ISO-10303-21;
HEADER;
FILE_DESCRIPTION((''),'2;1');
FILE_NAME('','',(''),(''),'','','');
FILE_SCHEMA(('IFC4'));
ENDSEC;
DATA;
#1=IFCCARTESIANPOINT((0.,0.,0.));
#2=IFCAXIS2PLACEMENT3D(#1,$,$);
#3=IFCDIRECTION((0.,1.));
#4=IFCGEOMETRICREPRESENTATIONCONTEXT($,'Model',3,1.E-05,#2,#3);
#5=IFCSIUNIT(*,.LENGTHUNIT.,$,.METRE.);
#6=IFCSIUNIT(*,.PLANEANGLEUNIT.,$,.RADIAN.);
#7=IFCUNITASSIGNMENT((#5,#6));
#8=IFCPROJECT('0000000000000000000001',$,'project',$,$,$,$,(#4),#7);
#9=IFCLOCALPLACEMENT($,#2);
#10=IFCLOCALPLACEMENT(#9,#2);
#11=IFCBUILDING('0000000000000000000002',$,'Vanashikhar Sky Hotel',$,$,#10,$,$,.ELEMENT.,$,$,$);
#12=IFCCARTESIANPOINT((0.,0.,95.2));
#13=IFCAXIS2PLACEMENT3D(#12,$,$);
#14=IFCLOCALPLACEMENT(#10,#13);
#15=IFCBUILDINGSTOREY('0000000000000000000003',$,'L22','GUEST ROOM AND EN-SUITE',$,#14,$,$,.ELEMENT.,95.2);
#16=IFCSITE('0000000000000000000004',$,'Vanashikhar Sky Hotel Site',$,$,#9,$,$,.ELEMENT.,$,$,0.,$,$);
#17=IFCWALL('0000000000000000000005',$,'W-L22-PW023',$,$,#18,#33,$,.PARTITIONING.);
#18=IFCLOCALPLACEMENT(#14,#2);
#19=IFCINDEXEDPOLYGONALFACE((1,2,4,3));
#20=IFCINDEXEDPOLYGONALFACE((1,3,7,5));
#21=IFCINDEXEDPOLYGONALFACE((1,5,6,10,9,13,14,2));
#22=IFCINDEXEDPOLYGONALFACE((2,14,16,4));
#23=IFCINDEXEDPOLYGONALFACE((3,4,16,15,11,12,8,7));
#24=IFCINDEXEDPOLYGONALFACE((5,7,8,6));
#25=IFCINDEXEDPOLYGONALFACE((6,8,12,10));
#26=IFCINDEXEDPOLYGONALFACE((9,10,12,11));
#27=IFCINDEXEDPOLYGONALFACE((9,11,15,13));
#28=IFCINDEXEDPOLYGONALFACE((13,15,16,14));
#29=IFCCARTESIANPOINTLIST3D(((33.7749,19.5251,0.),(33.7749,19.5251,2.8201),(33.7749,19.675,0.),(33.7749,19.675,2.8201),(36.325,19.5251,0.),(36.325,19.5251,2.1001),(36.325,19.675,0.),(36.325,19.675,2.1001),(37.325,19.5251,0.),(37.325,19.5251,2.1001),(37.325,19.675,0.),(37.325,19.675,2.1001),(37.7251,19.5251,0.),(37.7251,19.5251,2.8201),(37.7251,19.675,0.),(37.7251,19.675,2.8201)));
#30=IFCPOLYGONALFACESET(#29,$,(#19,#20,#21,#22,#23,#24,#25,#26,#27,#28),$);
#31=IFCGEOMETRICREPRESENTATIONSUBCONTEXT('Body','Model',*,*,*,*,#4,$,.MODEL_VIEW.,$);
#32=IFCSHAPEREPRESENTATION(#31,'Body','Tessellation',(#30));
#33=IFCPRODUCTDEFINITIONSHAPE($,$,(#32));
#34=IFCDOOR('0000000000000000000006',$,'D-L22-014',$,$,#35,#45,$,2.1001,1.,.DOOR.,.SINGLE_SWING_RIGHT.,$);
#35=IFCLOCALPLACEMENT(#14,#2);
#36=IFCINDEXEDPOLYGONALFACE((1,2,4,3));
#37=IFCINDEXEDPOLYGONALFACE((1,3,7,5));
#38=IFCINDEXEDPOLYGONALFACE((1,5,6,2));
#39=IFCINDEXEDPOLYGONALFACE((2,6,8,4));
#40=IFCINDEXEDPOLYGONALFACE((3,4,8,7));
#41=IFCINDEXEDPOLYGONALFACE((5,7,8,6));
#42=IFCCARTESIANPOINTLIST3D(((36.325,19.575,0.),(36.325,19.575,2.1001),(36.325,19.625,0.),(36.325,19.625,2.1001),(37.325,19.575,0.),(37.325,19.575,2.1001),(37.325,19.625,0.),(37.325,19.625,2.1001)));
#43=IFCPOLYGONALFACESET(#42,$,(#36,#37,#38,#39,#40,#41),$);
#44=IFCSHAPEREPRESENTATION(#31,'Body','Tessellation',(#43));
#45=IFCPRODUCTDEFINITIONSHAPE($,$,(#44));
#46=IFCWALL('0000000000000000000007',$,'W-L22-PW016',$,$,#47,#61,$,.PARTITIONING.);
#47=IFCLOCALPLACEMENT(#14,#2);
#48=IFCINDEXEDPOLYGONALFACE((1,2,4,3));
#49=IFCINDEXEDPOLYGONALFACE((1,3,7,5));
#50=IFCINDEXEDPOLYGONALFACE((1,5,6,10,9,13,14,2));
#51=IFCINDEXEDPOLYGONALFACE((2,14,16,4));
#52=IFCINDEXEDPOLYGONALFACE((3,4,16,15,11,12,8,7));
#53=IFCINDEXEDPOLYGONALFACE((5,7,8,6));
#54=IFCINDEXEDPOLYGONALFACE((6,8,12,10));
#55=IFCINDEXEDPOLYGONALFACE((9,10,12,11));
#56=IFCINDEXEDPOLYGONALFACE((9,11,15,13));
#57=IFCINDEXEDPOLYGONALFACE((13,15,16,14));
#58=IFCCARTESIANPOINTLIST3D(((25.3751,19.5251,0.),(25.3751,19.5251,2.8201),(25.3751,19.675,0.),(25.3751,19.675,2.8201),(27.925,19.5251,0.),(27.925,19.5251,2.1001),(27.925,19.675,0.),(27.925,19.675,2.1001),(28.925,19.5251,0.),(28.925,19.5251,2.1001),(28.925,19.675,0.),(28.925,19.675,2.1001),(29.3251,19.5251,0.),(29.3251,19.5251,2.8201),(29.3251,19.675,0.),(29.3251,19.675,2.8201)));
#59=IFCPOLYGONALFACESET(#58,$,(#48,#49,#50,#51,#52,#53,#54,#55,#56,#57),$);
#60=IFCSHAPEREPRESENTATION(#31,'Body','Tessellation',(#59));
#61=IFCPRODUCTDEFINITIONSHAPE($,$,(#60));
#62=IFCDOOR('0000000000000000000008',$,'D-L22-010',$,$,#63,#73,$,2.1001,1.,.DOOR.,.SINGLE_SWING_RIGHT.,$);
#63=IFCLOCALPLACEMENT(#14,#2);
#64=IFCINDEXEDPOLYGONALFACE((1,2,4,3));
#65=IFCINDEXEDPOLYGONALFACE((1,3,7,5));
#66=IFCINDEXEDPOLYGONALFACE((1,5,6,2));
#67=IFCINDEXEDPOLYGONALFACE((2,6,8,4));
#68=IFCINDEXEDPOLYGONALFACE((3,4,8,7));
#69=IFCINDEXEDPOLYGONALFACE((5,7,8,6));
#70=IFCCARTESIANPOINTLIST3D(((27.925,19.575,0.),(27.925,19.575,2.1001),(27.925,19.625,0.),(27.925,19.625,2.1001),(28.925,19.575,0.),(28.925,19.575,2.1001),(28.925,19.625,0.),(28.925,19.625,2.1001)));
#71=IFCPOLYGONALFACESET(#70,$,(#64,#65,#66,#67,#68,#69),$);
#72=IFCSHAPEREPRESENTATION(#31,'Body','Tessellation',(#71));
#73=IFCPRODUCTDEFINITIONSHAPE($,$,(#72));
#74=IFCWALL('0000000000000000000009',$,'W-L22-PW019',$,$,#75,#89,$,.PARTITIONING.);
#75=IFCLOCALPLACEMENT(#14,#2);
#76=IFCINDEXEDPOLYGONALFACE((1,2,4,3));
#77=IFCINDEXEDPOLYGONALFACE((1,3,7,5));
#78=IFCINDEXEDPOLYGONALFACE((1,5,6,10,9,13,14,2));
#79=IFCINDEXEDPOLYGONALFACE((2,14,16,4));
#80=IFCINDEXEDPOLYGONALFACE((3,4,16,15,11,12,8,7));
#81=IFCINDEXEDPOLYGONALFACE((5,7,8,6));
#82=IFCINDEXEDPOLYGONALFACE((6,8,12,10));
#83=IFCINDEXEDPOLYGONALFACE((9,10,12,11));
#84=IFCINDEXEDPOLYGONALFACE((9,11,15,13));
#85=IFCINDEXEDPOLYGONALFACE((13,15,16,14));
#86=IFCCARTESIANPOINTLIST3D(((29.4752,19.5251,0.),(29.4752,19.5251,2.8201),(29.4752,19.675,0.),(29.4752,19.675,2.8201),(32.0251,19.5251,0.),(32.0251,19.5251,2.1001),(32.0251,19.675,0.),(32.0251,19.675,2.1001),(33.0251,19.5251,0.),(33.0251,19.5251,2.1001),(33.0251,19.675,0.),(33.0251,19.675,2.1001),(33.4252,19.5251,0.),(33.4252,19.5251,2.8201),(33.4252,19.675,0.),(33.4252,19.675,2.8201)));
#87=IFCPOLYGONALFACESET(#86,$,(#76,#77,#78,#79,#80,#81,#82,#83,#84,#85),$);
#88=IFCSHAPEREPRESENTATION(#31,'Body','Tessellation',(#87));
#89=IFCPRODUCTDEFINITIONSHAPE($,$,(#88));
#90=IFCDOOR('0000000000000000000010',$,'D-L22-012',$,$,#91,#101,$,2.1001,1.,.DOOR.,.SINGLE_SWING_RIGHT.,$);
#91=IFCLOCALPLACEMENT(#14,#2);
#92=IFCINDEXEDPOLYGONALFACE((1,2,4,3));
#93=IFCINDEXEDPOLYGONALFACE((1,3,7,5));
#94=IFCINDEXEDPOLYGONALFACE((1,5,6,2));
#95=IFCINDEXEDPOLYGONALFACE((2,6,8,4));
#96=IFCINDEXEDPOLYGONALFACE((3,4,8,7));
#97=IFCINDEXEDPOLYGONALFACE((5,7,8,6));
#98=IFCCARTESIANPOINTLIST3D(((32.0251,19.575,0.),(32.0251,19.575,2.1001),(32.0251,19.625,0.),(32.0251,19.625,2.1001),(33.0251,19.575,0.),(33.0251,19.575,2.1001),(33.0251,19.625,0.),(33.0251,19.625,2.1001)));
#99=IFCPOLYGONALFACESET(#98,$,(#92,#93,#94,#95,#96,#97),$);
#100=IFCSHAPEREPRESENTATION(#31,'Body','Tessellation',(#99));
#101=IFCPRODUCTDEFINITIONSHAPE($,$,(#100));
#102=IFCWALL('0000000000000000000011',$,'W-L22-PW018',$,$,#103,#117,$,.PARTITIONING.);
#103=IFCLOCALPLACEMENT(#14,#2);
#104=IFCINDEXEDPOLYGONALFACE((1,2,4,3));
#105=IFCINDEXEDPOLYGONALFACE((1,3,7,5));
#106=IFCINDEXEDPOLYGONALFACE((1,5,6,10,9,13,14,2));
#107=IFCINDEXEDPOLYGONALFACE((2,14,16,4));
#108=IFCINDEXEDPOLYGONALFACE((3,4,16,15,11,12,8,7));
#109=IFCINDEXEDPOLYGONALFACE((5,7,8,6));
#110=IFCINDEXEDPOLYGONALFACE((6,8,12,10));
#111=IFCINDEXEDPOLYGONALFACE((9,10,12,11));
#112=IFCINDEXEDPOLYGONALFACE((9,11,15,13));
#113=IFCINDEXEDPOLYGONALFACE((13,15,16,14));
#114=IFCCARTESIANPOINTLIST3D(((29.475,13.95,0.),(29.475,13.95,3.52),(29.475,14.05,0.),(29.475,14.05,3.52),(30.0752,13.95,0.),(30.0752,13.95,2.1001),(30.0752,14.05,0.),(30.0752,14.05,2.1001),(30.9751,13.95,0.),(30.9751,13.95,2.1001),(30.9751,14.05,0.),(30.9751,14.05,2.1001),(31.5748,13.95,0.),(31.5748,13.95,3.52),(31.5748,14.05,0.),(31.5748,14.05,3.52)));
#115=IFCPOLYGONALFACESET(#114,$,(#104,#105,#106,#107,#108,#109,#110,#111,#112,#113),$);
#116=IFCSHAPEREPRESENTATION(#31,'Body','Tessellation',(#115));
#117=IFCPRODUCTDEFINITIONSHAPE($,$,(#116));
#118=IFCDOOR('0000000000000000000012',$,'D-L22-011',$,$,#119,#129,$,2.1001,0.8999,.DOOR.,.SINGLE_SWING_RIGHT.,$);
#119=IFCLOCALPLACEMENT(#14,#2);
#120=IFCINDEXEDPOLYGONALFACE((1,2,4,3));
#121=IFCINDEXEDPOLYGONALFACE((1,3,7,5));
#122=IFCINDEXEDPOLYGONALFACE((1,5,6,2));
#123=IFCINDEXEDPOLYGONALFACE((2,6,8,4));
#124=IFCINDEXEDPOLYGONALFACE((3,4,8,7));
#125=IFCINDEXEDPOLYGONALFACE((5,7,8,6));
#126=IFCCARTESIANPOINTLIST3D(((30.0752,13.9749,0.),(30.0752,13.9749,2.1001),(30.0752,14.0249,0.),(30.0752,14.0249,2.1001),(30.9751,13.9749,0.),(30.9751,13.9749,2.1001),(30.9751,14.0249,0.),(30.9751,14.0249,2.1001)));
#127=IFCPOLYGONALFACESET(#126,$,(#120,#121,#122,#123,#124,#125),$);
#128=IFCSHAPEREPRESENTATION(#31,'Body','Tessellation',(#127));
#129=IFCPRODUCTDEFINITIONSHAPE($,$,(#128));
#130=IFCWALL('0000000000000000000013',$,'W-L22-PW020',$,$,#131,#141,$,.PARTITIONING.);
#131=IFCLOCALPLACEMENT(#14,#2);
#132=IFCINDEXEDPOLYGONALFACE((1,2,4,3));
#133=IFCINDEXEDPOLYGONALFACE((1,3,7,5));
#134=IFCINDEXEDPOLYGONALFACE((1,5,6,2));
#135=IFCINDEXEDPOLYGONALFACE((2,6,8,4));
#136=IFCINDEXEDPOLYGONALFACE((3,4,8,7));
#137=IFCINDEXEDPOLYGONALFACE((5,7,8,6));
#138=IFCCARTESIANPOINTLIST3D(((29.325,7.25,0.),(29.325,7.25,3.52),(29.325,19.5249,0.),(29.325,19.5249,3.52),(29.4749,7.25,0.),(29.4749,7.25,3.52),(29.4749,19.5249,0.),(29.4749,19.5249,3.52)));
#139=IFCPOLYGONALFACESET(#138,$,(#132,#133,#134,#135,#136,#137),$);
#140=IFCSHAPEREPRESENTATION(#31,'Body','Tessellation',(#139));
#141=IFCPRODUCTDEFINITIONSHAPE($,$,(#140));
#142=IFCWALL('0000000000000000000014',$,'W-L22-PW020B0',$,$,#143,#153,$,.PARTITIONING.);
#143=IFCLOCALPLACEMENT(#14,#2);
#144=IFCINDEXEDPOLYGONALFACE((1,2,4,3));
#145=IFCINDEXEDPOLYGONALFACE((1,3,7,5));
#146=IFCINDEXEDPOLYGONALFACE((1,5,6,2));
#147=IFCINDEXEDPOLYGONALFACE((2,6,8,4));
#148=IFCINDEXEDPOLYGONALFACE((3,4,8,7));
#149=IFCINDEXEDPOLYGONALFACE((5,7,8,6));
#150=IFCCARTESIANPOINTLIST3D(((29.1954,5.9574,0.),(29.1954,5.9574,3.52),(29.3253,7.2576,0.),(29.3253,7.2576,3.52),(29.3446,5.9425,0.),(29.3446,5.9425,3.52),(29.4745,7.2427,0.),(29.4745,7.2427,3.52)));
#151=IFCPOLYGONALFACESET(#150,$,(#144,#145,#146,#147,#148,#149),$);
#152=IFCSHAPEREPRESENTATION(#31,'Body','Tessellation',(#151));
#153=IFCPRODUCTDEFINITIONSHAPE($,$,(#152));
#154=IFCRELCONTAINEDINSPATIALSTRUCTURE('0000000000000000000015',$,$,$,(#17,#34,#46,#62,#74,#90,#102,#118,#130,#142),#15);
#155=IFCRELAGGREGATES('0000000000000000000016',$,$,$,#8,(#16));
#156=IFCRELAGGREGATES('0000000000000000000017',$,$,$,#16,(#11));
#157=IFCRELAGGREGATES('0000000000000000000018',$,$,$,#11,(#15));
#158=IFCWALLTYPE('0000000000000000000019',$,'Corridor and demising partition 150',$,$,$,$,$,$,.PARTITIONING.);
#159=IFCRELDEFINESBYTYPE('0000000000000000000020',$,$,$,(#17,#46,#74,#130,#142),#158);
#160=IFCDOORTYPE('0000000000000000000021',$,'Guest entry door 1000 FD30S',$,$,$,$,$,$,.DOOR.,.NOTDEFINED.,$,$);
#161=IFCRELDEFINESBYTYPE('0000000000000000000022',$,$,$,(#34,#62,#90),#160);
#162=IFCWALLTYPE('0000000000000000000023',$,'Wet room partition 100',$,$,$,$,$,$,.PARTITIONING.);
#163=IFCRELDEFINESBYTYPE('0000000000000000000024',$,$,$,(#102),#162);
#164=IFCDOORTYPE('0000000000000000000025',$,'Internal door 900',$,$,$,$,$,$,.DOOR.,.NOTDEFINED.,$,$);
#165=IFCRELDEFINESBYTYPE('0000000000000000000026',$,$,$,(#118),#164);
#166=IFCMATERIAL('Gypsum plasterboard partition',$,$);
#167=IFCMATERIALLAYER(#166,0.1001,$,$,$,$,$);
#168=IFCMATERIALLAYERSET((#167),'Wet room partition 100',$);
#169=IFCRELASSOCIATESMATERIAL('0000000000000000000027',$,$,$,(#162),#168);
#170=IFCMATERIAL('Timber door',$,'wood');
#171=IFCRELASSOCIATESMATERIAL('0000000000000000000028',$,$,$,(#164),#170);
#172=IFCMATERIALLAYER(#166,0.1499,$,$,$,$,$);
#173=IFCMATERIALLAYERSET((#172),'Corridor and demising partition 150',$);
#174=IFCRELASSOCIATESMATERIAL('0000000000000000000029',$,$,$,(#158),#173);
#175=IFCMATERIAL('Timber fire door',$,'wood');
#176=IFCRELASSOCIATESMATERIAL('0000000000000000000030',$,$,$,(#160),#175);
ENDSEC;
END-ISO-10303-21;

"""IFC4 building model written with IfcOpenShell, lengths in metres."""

from ifc_helpers import new_model, si_unit, direction, frame, frame_2d, origin, place, context, subcontext, project, spatial, rectangle, extrude, source, transform, mapped, material, layer, layer_set, type_object, element, fill, save


model = new_model("IFC4")

# Units and contexts
model_context = context("Model", 3, precision=1e-05, world=origin(), true_north=direction((0.0, 1.0)))
body_context = subcontext(model_context, "Body", "Model", "MODEL_VIEW")
ifc_project = project(units=[si_unit("LENGTHUNIT", "METRE"), si_unit("PLANEANGLEUNIT", "RADIAN")], contexts=[model_context])

# Site, building, storey
site_placement = place(None, origin())
site = spatial("IfcSite", under=ifc_project, at=site_placement, Name="Vanashikhar Sky Hotel Site", CompositionType="ELEMENT", RefElevation=0.0)
building_placement = place(site_placement, origin())
building = spatial("IfcBuilding", under=site, at=building_placement, Name="Vanashikhar Sky Hotel", CompositionType="ELEMENT")
storey_placement = place(building_placement, frame((0.0, 0.0, 95.2)))
storey = spatial("IfcBuildingStorey", under=building, at=storey_placement, Name="L22", Description="GUEST ROOM AND EN-SUITE", CompositionType="ELEMENT", Elevation=95.2)

# Shared definitions
ifc_material_1 = material(Name="Gypsum plasterboard partition")
ifc_layer_1 = layer(ifc_material_1, 0.1001)
ifc_layer_set_1 = layer_set([ifc_layer_1], Name="Wet room partition 100")
wall_type_1 = type_object("IfcWallType", Name="Wet room partition 100", PredefinedType="PARTITIONING", material=ifc_layer_set_1)

# Walls, openings, doors
shared_shape_1 = source(origin(), body_context, "Body", "SweptSolid", [
    extrude(rectangle(XDim=0.8999, YDim=2.1001, at=frame_2d((0.45, 1.05))), frame((0.0, 0.0601, 0.0), z_axis=(0.0, -1.0, 0.0), x_axis=(1.0, 0.0, 0.0)), (0.0, 0.0, 1.0), 0.1201),
])
ifc_material_2 = material(Name="Timber door", Category="wood")
door_type_1 = type_object("IfcDoorType", Name="Internal door 900", OperationType="NOTDEFINED", PredefinedType="DOOR", material=ifc_material_2)
shared_shape_2 = source(origin(), body_context, "Body", "SweptSolid", [
    extrude(rectangle(XDim=0.8999, YDim=2.1001, at=frame_2d((0.45, 1.05))), frame((0.0, 0.0249, 0.0), z_axis=(0.0, -1.0, 0.0), x_axis=(1.0, 0.0, 0.0)), (0.0, 0.0, 1.0), 0.05),
])
ifc_layer_2 = layer(ifc_material_1, 0.1499)
ifc_layer_set_2 = layer_set([ifc_layer_2], Name="Corridor and demising partition 150")
wall_type_2 = type_object("IfcWallType", Name="Corridor and demising partition 150", PredefinedType="PARTITIONING", material=ifc_layer_set_2)
shared_shape_3 = source(origin(), body_context, "Body", "SweptSolid", [
    extrude(rectangle(XDim=3.9502, YDim=0.1499, at=frame_2d((1.9751, 0.0))), origin(), (0.0, 0.0, 1.0), 2.8201),
])
wall_1_placement = place(storey_placement, frame((33.7749, 19.6001, 0.0), z_axis=(0.0, 0.0, 1.0), x_axis=(1.0, 0.0, 0.0)))
wall_1 = element("IfcWall", 1, at=wall_1_placement, inside=storey, type_object=wall_type_2, Name="W-L22-PW023", PredefinedType="PARTITIONING", context=body_context, shape_type="MappedRepresentation", body=[
    mapped(shared_shape_3, transform((0.0, 0.0, 0.0), scale=1.0)),
])
shared_shape_4 = source(origin(), body_context, "Body", "SweptSolid", [
    extrude(rectangle(XDim=1.0, YDim=2.1001, at=frame_2d((0.5, 1.05))), frame((0.0, 0.085, 0.0), z_axis=(0.0, -1.0, 0.0), x_axis=(1.0, 0.0, 0.0)), (0.0, 0.0, 1.0), 0.1699),
])
opening_1_placement = place(wall_1_placement, frame((2.55, 0.0, 0.0)))
opening_1 = element("IfcOpeningElement", 2, at=opening_1_placement, cuts=wall_1, PredefinedType="OPENING", context=body_context, shape_type="MappedRepresentation", body=[
    mapped(shared_shape_4, transform((0.0, 0.0, 0.0), scale=1.0)),
])
ifc_material_3 = material(Name="Timber fire door", Category="wood")
door_type_2 = type_object("IfcDoorType", Name="Guest entry door 1000 FD30S", OperationType="NOTDEFINED", PredefinedType="DOOR", material=ifc_material_3)
shared_shape_5 = source(origin(), body_context, "Body", "SweptSolid", [
    extrude(rectangle(XDim=1.0, YDim=2.1001, at=frame_2d((0.5, 1.05))), frame((0.0, 0.0249, 0.0), z_axis=(0.0, -1.0, 0.0), x_axis=(1.0, 0.0, 0.0)), (0.0, 0.0, 1.0), 0.05),
])
door_1_placement = place(opening_1_placement, origin())
door_1 = element("IfcDoor", 3, at=door_1_placement, inside=storey, type_object=door_type_2, Name="D-L22-014", OperationType="SINGLE_SWING_RIGHT", OverallHeight=2.1001, OverallWidth=1.0, PredefinedType="DOOR", context=body_context, shape_type="MappedRepresentation", body=[
    mapped(shared_shape_5, transform((0.0, 0.0, 0.0), scale=1.0)),
])
fill(opening_1, door_1)
shared_shape_6 = source(origin(), body_context, "Body", "SweptSolid", [
    extrude(rectangle(XDim=3.95, YDim=0.1499, at=frame_2d((1.9751, 0.0))), origin(), (0.0, 0.0, 1.0), 2.8201),
])
wall_2_placement = place(storey_placement, frame((25.375, 19.6001, 0.0), z_axis=(0.0, 0.0, 1.0), x_axis=(1.0, 0.0, 0.0)))
wall_2 = element("IfcWall", 4, at=wall_2_placement, inside=storey, type_object=wall_type_2, Name="W-L22-PW016", PredefinedType="PARTITIONING", context=body_context, shape_type="MappedRepresentation", body=[
    mapped(shared_shape_6, transform((0.0, 0.0, 0.0), scale=1.0)),
])
opening_2_placement = place(wall_2_placement, frame((2.55, 0.0, 0.0)))
opening_2 = element("IfcOpeningElement", 5, at=opening_2_placement, cuts=wall_2, PredefinedType="OPENING", context=body_context, shape_type="MappedRepresentation", body=[
    mapped(shared_shape_4, transform((0.0, 0.0, 0.0), scale=1.0)),
])
door_2_placement = place(opening_2_placement, origin())
door_2 = element("IfcDoor", 6, at=door_2_placement, inside=storey, type_object=door_type_2, Name="D-L22-010", OperationType="SINGLE_SWING_RIGHT", OverallHeight=2.1001, OverallWidth=1.0, PredefinedType="DOOR", context=body_context, shape_type="MappedRepresentation", body=[
    mapped(shared_shape_5, transform((0.0, 0.0, 0.0), scale=1.0)),
])
fill(opening_2, door_2)
wall_3_placement = place(storey_placement, frame((29.4751, 19.6001, 0.0), z_axis=(0.0, 0.0, 1.0), x_axis=(1.0, 0.0, 0.0)))
wall_3 = element("IfcWall", 7, at=wall_3_placement, inside=storey, type_object=wall_type_2, Name="W-L22-PW019", PredefinedType="PARTITIONING", context=body_context, shape_type="MappedRepresentation", body=[
    mapped(shared_shape_6, transform((0.0, 0.0, 0.0), scale=1.0)),
])
opening_3_placement = place(wall_3_placement, frame((2.55, 0.0, 0.0)))
opening_3 = element("IfcOpeningElement", 8, at=opening_3_placement, cuts=wall_3, PredefinedType="OPENING", context=body_context, shape_type="MappedRepresentation", body=[
    mapped(shared_shape_4, transform((0.0, 0.0, 0.0), scale=1.0)),
])
door_3_placement = place(opening_3_placement, origin())
door_3 = element("IfcDoor", 9, at=door_3_placement, inside=storey, type_object=door_type_2, Name="D-L22-012", OperationType="SINGLE_SWING_RIGHT", OverallHeight=2.1001, OverallWidth=1.0, PredefinedType="DOOR", context=body_context, shape_type="MappedRepresentation", body=[
    mapped(shared_shape_5, transform((0.0, 0.0, 0.0), scale=1.0)),
])
fill(opening_3, door_3)
shared_shape_7 = source(origin(), body_context, "Body", "SweptSolid", [
    extrude(rectangle(XDim=2.0999, YDim=0.1001, at=frame_2d((1.0498, 0.0))), origin(), (0.0, 0.0, 1.0), 3.52),
])
wall_4_placement = place(storey_placement, frame((29.4751, 14.0, 0.0), z_axis=(0.0, 0.0, 1.0), x_axis=(1.0, 0.0, 0.0)))
wall_4 = element("IfcWall", 10, at=wall_4_placement, inside=storey, type_object=wall_type_1, Name="W-L22-PW018", PredefinedType="PARTITIONING", context=body_context, shape_type="MappedRepresentation", body=[
    mapped(shared_shape_7, transform((0.0, 0.0, 0.0), scale=1.0)),
])
opening_4_placement = place(wall_4_placement, frame((0.6001, 0.0, 0.0)))
opening_4 = element("IfcOpeningElement", 11, at=opening_4_placement, cuts=wall_4, PredefinedType="OPENING", context=body_context, shape_type="MappedRepresentation", body=[
    mapped(shared_shape_1, transform((0.0, 0.0, 0.0), scale=1.0)),
])
door_4_placement = place(opening_4_placement, origin())
door_4 = element("IfcDoor", 12, at=door_4_placement, inside=storey, type_object=door_type_1, Name="D-L22-011", OperationType="SINGLE_SWING_RIGHT", OverallHeight=2.1001, OverallWidth=0.8999, PredefinedType="DOOR", context=body_context, shape_type="MappedRepresentation", body=[
    mapped(shared_shape_2, transform((0.0, 0.0, 0.0), scale=1.0)),
])
fill(opening_4, door_4)

# Walls
shared_shape_8 = source(origin(), body_context, "Body", "SweptSolid", [
    extrude(rectangle(XDim=12.2749, YDim=0.1499, at=frame_2d((6.1375, 0.0))), origin(), (0.0, 0.0, 1.0), 3.52),
])
wall_5_placement = place(storey_placement, frame((29.3999, 7.25, 0.0), z_axis=(0.0, 0.0, 1.0), x_axis=(0.0, 1.0, 0.0)))
element("IfcWall", 13, at=wall_5_placement, inside=storey, type_object=wall_type_2, Name="W-L22-PW020", PredefinedType="PARTITIONING", context=body_context, shape_type="MappedRepresentation", body=[
    mapped(shared_shape_8, transform((0.0, 0.0, 0.0), scale=1.0)),
])
shared_shape_9 = source(origin(), body_context, "Body", "SweptSolid", [
    extrude(rectangle(XDim=1.3066, YDim=0.1499, at=frame_2d((0.6533, 0.0))), origin(), (0.0, 0.0, 1.0), 3.52),
])
wall_6_placement = place(storey_placement, frame((29.27, 5.95, 0.0), z_axis=(0.0, 0.0, 1.0), x_axis=(0.099411, 0.995046, 0.0)))
element("IfcWall", 14, at=wall_6_placement, inside=storey, type_object=wall_type_2, Name="W-L22-PW020B0", PredefinedType="PARTITIONING", context=body_context, shape_type="MappedRepresentation", body=[
    mapped(shared_shape_9, transform((0.0, 0.0, 0.0), scale=1.0)),
])

save(model, "model.ifc")
